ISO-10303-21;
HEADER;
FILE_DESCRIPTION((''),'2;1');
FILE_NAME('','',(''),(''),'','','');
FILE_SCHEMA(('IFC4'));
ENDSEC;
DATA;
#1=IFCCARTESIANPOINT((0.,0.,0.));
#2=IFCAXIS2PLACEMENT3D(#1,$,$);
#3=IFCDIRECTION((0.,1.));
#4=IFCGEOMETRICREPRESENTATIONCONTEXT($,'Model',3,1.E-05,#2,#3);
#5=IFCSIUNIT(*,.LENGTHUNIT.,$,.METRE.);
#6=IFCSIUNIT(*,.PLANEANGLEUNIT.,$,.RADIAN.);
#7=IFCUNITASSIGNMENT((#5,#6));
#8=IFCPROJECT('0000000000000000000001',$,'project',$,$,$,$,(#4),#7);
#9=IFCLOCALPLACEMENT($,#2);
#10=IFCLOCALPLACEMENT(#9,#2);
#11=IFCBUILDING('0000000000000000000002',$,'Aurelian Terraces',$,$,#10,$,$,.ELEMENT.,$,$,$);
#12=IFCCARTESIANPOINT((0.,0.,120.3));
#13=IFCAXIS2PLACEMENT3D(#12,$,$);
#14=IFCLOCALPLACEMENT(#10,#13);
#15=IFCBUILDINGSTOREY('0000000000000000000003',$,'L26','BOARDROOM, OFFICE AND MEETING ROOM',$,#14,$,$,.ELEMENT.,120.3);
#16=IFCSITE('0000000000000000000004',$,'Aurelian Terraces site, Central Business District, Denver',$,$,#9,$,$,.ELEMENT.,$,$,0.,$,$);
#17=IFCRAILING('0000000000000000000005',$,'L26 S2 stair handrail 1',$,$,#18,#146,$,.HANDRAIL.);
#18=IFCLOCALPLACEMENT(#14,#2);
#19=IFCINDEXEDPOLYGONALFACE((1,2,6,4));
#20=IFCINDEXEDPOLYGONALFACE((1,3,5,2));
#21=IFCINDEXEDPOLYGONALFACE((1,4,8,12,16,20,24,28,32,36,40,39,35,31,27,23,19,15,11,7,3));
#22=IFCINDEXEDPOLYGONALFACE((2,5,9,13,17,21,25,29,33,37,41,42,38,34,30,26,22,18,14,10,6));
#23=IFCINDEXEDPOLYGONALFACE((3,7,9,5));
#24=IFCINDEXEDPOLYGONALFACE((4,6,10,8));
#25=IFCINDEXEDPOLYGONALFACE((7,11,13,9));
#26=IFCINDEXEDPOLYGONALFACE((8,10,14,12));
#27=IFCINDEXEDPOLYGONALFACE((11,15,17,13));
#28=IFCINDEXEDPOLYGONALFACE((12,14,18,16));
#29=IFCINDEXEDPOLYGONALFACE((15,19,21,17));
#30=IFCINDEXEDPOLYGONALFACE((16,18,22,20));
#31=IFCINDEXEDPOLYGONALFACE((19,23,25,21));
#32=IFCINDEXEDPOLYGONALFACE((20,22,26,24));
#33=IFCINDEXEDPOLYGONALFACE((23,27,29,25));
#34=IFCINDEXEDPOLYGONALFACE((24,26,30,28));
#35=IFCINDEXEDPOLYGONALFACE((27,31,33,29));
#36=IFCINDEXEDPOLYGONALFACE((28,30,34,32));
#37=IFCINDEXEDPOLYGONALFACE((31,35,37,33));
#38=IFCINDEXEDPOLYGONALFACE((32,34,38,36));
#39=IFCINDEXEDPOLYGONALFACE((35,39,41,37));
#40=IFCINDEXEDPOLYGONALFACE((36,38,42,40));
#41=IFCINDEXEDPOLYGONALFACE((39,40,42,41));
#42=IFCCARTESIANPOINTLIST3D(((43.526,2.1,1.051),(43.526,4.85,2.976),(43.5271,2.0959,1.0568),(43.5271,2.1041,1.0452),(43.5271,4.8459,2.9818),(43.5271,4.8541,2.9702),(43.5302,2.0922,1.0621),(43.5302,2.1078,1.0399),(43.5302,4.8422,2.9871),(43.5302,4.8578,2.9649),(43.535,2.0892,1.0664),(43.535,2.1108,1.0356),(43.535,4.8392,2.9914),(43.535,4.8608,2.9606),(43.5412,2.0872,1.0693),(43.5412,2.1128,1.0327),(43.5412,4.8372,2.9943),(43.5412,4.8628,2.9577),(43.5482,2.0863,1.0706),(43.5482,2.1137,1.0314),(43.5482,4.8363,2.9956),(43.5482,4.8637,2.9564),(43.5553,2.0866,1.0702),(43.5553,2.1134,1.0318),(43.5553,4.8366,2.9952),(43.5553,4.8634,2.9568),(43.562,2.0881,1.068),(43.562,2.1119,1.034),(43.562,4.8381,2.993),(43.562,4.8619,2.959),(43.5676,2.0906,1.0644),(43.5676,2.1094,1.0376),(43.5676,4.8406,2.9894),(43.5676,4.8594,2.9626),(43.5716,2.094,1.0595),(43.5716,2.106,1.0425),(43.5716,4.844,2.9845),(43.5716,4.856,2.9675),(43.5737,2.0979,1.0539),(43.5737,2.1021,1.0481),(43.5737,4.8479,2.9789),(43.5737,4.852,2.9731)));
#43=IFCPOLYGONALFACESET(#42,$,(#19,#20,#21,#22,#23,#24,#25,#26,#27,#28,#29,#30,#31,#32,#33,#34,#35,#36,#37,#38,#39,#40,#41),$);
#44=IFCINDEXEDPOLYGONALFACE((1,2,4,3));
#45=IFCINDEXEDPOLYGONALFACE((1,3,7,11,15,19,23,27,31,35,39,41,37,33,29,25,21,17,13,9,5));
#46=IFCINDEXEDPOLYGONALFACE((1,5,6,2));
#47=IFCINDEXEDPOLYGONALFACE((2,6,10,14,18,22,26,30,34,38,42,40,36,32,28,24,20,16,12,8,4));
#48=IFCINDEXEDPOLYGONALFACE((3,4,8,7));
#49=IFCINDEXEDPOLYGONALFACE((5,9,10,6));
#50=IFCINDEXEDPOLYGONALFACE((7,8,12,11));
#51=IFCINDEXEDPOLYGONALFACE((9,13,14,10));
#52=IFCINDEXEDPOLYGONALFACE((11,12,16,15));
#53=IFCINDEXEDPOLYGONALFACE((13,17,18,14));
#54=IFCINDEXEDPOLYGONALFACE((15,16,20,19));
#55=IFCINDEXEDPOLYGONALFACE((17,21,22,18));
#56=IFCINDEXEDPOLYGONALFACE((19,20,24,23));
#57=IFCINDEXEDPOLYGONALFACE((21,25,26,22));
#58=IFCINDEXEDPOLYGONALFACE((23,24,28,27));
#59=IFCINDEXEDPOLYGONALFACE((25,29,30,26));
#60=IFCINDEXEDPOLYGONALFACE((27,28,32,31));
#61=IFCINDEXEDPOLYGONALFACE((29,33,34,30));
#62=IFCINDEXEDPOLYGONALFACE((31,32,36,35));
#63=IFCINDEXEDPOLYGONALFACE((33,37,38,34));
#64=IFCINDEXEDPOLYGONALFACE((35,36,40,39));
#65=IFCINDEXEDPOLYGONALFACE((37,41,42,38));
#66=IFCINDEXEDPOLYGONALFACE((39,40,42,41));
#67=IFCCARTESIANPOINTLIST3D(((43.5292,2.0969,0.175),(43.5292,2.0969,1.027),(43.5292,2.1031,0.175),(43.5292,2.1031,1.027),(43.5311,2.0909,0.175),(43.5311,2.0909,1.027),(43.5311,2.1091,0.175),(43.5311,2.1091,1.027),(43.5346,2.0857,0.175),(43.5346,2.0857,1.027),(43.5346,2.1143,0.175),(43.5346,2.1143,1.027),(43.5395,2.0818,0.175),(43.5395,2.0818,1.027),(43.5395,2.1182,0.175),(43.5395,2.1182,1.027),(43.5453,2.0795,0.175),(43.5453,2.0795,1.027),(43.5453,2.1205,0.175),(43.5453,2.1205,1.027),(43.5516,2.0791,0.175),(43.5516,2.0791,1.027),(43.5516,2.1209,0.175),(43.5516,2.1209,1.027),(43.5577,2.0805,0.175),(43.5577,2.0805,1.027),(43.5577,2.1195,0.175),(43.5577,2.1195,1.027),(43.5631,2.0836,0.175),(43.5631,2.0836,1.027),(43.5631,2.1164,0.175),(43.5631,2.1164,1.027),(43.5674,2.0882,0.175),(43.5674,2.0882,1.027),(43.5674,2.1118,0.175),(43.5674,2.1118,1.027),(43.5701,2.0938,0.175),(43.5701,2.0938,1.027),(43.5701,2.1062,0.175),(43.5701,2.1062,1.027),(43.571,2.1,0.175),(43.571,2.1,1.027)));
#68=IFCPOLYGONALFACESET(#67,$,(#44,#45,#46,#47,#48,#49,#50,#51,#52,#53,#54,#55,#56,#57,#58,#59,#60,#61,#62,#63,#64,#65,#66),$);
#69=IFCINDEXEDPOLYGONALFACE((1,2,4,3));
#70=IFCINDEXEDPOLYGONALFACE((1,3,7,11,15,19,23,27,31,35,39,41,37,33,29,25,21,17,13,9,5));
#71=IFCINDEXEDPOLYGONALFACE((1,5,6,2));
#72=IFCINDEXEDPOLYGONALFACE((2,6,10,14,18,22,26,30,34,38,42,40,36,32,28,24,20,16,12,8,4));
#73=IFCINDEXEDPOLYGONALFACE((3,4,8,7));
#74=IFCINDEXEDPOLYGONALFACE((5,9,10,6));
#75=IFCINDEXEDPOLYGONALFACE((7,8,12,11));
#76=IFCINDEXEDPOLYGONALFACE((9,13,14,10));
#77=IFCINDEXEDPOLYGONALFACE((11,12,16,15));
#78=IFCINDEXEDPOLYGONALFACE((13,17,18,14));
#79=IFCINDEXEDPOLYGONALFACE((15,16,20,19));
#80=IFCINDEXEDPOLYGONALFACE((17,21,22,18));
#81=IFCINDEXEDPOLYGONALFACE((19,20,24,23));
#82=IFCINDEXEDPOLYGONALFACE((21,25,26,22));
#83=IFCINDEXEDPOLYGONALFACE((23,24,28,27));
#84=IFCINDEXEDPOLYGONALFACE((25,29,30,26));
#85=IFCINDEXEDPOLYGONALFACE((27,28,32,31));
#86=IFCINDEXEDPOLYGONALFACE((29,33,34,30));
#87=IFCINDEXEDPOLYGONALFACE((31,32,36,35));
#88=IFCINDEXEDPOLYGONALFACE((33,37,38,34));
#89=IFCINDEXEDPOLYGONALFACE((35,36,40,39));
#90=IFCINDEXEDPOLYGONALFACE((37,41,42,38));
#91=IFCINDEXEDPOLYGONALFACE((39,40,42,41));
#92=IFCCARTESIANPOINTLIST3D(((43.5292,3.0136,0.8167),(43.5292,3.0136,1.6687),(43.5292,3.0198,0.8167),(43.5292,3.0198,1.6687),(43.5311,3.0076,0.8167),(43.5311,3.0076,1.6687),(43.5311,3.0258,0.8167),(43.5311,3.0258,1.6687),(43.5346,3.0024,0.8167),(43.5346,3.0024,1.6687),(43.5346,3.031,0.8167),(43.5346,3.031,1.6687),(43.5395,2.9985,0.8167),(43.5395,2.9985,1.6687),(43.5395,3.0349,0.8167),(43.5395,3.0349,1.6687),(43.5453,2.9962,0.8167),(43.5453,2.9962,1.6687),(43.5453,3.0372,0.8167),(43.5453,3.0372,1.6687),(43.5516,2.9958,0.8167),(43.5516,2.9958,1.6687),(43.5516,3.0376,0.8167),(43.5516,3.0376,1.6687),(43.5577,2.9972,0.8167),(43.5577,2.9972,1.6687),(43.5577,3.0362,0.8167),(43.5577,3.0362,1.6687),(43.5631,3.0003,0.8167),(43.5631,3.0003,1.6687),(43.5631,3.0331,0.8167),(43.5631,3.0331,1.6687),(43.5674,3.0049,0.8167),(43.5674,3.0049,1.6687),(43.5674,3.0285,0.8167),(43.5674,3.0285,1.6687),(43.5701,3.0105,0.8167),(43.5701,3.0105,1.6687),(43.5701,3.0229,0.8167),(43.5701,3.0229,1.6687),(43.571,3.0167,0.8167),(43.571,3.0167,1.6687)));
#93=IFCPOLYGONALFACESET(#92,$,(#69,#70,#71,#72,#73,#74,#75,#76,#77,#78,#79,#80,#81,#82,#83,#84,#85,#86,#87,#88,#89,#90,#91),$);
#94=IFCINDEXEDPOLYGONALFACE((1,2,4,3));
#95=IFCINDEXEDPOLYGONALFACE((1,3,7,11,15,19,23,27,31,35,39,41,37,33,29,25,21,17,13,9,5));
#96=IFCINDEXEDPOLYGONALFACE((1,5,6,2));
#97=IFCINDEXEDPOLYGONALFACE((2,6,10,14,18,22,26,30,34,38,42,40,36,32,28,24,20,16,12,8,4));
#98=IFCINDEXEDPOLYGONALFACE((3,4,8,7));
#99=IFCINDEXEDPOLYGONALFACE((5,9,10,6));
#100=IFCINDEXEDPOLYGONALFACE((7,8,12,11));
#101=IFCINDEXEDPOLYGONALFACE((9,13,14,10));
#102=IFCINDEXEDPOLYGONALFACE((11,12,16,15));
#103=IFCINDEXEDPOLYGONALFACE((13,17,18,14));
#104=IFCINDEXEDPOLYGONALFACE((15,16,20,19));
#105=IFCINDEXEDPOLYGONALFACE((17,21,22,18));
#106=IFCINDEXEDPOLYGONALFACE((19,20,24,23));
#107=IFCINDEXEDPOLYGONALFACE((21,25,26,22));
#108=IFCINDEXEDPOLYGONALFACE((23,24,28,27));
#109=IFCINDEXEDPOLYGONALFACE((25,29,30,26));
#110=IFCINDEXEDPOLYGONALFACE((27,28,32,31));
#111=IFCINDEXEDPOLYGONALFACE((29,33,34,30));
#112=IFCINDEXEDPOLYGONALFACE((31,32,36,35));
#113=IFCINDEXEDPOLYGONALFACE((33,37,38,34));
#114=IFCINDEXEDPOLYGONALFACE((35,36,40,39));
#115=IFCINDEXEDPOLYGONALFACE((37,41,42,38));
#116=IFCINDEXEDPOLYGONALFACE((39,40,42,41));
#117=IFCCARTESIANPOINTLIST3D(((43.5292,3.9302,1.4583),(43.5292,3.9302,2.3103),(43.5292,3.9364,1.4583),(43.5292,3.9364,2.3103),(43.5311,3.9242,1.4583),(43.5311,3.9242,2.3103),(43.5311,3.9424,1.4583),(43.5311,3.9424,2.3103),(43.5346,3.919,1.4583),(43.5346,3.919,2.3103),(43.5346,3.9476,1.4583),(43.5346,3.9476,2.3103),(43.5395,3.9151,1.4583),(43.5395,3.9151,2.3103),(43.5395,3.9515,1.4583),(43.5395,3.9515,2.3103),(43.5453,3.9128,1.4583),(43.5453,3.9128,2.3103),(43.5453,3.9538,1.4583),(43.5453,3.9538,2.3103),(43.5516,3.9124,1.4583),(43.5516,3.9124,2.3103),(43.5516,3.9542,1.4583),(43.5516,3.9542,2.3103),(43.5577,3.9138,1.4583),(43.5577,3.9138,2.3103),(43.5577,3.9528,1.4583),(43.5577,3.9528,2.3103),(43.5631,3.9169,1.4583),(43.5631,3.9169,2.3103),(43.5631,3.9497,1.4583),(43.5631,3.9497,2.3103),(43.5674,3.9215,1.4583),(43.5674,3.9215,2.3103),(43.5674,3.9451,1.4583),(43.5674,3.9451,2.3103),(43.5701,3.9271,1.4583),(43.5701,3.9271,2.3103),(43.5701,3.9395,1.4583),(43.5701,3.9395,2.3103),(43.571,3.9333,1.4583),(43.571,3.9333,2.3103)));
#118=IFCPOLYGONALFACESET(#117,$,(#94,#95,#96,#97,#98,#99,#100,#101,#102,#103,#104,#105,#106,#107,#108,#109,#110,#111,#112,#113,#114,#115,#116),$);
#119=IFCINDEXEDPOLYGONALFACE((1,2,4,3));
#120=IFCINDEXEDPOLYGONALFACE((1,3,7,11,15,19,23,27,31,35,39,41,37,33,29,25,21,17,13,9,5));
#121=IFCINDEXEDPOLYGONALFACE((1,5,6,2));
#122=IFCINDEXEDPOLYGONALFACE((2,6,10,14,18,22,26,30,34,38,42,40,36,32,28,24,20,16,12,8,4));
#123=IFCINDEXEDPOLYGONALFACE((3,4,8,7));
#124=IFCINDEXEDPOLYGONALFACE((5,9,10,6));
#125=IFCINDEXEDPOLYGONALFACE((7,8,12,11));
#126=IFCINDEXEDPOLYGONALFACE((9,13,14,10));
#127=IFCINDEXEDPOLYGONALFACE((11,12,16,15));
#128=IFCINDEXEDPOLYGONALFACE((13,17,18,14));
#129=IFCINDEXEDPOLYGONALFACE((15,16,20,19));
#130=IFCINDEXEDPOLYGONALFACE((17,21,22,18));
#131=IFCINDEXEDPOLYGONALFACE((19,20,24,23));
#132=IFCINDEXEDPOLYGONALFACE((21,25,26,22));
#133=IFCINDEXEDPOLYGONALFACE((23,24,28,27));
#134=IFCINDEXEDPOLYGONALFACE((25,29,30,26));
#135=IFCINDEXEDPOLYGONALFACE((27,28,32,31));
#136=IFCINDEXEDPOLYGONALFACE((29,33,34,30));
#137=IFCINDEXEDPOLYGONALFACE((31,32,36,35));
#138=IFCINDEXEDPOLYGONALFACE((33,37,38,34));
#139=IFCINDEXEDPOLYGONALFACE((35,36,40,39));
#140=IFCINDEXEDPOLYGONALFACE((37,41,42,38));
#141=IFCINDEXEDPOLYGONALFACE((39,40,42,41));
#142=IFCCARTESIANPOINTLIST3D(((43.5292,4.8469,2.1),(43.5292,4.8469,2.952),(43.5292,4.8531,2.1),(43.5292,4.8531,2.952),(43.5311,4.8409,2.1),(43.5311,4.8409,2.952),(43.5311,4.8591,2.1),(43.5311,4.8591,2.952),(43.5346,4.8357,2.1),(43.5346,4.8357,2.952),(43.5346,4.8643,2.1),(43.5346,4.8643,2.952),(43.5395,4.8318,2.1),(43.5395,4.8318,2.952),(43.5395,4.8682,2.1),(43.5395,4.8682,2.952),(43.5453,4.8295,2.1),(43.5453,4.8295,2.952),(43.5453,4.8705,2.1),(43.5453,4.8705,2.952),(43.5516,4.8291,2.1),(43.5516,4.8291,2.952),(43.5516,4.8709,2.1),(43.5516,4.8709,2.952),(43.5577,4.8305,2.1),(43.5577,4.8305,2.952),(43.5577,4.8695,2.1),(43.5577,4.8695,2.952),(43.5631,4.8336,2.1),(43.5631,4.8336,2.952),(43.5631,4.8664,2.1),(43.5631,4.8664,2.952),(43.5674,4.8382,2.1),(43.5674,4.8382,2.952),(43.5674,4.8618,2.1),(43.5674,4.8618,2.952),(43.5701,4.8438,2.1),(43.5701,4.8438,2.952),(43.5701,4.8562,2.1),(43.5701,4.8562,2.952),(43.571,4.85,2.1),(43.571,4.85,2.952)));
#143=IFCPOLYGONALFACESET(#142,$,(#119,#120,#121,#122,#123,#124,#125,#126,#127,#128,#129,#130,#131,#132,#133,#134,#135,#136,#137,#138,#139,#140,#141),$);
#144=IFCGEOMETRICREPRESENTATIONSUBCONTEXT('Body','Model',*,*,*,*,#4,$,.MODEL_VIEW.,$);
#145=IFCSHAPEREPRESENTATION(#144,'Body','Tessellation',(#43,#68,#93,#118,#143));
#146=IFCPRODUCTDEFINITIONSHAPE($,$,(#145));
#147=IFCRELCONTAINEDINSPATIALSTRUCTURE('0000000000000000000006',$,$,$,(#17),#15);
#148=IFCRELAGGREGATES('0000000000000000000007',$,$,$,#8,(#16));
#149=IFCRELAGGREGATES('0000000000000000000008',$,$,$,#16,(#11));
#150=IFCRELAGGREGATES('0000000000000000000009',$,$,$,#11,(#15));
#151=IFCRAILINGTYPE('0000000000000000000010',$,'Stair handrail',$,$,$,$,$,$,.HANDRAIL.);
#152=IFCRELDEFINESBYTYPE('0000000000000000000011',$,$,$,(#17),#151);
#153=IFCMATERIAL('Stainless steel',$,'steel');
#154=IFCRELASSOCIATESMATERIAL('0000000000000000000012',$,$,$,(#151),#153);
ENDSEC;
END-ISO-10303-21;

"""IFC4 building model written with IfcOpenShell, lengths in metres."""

from ifc_helpers import new_model, si_unit, direction, frame, origin, origin_2d, place, context, subcontext, project, spatial, circle, extrude, source, transform, mapped, material, type_object, element, save


model = new_model("IFC4")

# Units and contexts
model_context = context("Model", 3, precision=1e-05, world=origin(), true_north=direction((0.0, 1.0)))
body_context = subcontext(model_context, "Body", "Model", "MODEL_VIEW")
ifc_project = project(units=[si_unit("LENGTHUNIT", "METRE"), si_unit("PLANEANGLEUNIT", "RADIAN")], contexts=[model_context])

# Site, building, storey
site_placement = place(None, origin())
site = spatial("IfcSite", under=ifc_project, at=site_placement, Name="Aurelian Terraces site, Central Business District, Denver", CompositionType="ELEMENT", RefElevation=0.0)
building_placement = place(site_placement, origin())
building = spatial("IfcBuilding", under=site, at=building_placement, Name="Aurelian Terraces", CompositionType="ELEMENT")
storey_placement = place(building_placement, frame((0.0, 0.0, 120.3)))
storey = spatial("IfcBuildingStorey", under=building, at=storey_placement, Name="L26", Description="BOARDROOM, OFFICE AND MEETING ROOM", CompositionType="ELEMENT", Elevation=120.3)

# Railing
ifc_material_1 = material(Name="Stainless steel", Category="steel")
railing_type_1 = type_object("IfcRailingType", Name="Stair handrail", PredefinedType="HANDRAIL", material=ifc_material_1)
shared_shape_1 = source(origin(), body_context, "Body", "SweptSolid", [
    extrude(circle(Radius=0.024, at=origin_2d()), frame((0.0, 0.0, 0.876), z_axis=(0.0, 0.819232, 0.573462), x_axis=(-1.0, 0.0, 0.0)), (0.0, 0.0, 1.0), 3.3568),
    extrude(circle(Radius=0.021, at=origin_2d()), origin(), (0.0, 0.0, 1.0), 0.852),
    extrude(circle(Radius=0.021, at=origin_2d()), frame((0.0, 0.9167, 0.6417)), (0.0, 0.0, 1.0), 0.852),
    extrude(circle(Radius=0.021, at=origin_2d()), frame((0.0, 1.8333, 1.2833)), (0.0, 0.0, 1.0), 0.852),
    extrude(circle(Radius=0.021, at=origin_2d()), frame((0.0, 2.75, 1.925)), (0.0, 0.0, 1.0), 0.852),
])
railing_1_placement = place(storey_placement, frame((43.55, 2.1, 0.175)))
element("IfcRailing", 1, at=railing_1_placement, inside=storey, type_object=railing_type_1, Name="L26 S2 stair handrail 1", PredefinedType="HANDRAIL", context=body_context, shape_type="MappedRepresentation", body=[
    mapped(shared_shape_1, transform((0.0, 0.0, 0.0), scale=1.0)),
])

save(model, "model.ifc")
